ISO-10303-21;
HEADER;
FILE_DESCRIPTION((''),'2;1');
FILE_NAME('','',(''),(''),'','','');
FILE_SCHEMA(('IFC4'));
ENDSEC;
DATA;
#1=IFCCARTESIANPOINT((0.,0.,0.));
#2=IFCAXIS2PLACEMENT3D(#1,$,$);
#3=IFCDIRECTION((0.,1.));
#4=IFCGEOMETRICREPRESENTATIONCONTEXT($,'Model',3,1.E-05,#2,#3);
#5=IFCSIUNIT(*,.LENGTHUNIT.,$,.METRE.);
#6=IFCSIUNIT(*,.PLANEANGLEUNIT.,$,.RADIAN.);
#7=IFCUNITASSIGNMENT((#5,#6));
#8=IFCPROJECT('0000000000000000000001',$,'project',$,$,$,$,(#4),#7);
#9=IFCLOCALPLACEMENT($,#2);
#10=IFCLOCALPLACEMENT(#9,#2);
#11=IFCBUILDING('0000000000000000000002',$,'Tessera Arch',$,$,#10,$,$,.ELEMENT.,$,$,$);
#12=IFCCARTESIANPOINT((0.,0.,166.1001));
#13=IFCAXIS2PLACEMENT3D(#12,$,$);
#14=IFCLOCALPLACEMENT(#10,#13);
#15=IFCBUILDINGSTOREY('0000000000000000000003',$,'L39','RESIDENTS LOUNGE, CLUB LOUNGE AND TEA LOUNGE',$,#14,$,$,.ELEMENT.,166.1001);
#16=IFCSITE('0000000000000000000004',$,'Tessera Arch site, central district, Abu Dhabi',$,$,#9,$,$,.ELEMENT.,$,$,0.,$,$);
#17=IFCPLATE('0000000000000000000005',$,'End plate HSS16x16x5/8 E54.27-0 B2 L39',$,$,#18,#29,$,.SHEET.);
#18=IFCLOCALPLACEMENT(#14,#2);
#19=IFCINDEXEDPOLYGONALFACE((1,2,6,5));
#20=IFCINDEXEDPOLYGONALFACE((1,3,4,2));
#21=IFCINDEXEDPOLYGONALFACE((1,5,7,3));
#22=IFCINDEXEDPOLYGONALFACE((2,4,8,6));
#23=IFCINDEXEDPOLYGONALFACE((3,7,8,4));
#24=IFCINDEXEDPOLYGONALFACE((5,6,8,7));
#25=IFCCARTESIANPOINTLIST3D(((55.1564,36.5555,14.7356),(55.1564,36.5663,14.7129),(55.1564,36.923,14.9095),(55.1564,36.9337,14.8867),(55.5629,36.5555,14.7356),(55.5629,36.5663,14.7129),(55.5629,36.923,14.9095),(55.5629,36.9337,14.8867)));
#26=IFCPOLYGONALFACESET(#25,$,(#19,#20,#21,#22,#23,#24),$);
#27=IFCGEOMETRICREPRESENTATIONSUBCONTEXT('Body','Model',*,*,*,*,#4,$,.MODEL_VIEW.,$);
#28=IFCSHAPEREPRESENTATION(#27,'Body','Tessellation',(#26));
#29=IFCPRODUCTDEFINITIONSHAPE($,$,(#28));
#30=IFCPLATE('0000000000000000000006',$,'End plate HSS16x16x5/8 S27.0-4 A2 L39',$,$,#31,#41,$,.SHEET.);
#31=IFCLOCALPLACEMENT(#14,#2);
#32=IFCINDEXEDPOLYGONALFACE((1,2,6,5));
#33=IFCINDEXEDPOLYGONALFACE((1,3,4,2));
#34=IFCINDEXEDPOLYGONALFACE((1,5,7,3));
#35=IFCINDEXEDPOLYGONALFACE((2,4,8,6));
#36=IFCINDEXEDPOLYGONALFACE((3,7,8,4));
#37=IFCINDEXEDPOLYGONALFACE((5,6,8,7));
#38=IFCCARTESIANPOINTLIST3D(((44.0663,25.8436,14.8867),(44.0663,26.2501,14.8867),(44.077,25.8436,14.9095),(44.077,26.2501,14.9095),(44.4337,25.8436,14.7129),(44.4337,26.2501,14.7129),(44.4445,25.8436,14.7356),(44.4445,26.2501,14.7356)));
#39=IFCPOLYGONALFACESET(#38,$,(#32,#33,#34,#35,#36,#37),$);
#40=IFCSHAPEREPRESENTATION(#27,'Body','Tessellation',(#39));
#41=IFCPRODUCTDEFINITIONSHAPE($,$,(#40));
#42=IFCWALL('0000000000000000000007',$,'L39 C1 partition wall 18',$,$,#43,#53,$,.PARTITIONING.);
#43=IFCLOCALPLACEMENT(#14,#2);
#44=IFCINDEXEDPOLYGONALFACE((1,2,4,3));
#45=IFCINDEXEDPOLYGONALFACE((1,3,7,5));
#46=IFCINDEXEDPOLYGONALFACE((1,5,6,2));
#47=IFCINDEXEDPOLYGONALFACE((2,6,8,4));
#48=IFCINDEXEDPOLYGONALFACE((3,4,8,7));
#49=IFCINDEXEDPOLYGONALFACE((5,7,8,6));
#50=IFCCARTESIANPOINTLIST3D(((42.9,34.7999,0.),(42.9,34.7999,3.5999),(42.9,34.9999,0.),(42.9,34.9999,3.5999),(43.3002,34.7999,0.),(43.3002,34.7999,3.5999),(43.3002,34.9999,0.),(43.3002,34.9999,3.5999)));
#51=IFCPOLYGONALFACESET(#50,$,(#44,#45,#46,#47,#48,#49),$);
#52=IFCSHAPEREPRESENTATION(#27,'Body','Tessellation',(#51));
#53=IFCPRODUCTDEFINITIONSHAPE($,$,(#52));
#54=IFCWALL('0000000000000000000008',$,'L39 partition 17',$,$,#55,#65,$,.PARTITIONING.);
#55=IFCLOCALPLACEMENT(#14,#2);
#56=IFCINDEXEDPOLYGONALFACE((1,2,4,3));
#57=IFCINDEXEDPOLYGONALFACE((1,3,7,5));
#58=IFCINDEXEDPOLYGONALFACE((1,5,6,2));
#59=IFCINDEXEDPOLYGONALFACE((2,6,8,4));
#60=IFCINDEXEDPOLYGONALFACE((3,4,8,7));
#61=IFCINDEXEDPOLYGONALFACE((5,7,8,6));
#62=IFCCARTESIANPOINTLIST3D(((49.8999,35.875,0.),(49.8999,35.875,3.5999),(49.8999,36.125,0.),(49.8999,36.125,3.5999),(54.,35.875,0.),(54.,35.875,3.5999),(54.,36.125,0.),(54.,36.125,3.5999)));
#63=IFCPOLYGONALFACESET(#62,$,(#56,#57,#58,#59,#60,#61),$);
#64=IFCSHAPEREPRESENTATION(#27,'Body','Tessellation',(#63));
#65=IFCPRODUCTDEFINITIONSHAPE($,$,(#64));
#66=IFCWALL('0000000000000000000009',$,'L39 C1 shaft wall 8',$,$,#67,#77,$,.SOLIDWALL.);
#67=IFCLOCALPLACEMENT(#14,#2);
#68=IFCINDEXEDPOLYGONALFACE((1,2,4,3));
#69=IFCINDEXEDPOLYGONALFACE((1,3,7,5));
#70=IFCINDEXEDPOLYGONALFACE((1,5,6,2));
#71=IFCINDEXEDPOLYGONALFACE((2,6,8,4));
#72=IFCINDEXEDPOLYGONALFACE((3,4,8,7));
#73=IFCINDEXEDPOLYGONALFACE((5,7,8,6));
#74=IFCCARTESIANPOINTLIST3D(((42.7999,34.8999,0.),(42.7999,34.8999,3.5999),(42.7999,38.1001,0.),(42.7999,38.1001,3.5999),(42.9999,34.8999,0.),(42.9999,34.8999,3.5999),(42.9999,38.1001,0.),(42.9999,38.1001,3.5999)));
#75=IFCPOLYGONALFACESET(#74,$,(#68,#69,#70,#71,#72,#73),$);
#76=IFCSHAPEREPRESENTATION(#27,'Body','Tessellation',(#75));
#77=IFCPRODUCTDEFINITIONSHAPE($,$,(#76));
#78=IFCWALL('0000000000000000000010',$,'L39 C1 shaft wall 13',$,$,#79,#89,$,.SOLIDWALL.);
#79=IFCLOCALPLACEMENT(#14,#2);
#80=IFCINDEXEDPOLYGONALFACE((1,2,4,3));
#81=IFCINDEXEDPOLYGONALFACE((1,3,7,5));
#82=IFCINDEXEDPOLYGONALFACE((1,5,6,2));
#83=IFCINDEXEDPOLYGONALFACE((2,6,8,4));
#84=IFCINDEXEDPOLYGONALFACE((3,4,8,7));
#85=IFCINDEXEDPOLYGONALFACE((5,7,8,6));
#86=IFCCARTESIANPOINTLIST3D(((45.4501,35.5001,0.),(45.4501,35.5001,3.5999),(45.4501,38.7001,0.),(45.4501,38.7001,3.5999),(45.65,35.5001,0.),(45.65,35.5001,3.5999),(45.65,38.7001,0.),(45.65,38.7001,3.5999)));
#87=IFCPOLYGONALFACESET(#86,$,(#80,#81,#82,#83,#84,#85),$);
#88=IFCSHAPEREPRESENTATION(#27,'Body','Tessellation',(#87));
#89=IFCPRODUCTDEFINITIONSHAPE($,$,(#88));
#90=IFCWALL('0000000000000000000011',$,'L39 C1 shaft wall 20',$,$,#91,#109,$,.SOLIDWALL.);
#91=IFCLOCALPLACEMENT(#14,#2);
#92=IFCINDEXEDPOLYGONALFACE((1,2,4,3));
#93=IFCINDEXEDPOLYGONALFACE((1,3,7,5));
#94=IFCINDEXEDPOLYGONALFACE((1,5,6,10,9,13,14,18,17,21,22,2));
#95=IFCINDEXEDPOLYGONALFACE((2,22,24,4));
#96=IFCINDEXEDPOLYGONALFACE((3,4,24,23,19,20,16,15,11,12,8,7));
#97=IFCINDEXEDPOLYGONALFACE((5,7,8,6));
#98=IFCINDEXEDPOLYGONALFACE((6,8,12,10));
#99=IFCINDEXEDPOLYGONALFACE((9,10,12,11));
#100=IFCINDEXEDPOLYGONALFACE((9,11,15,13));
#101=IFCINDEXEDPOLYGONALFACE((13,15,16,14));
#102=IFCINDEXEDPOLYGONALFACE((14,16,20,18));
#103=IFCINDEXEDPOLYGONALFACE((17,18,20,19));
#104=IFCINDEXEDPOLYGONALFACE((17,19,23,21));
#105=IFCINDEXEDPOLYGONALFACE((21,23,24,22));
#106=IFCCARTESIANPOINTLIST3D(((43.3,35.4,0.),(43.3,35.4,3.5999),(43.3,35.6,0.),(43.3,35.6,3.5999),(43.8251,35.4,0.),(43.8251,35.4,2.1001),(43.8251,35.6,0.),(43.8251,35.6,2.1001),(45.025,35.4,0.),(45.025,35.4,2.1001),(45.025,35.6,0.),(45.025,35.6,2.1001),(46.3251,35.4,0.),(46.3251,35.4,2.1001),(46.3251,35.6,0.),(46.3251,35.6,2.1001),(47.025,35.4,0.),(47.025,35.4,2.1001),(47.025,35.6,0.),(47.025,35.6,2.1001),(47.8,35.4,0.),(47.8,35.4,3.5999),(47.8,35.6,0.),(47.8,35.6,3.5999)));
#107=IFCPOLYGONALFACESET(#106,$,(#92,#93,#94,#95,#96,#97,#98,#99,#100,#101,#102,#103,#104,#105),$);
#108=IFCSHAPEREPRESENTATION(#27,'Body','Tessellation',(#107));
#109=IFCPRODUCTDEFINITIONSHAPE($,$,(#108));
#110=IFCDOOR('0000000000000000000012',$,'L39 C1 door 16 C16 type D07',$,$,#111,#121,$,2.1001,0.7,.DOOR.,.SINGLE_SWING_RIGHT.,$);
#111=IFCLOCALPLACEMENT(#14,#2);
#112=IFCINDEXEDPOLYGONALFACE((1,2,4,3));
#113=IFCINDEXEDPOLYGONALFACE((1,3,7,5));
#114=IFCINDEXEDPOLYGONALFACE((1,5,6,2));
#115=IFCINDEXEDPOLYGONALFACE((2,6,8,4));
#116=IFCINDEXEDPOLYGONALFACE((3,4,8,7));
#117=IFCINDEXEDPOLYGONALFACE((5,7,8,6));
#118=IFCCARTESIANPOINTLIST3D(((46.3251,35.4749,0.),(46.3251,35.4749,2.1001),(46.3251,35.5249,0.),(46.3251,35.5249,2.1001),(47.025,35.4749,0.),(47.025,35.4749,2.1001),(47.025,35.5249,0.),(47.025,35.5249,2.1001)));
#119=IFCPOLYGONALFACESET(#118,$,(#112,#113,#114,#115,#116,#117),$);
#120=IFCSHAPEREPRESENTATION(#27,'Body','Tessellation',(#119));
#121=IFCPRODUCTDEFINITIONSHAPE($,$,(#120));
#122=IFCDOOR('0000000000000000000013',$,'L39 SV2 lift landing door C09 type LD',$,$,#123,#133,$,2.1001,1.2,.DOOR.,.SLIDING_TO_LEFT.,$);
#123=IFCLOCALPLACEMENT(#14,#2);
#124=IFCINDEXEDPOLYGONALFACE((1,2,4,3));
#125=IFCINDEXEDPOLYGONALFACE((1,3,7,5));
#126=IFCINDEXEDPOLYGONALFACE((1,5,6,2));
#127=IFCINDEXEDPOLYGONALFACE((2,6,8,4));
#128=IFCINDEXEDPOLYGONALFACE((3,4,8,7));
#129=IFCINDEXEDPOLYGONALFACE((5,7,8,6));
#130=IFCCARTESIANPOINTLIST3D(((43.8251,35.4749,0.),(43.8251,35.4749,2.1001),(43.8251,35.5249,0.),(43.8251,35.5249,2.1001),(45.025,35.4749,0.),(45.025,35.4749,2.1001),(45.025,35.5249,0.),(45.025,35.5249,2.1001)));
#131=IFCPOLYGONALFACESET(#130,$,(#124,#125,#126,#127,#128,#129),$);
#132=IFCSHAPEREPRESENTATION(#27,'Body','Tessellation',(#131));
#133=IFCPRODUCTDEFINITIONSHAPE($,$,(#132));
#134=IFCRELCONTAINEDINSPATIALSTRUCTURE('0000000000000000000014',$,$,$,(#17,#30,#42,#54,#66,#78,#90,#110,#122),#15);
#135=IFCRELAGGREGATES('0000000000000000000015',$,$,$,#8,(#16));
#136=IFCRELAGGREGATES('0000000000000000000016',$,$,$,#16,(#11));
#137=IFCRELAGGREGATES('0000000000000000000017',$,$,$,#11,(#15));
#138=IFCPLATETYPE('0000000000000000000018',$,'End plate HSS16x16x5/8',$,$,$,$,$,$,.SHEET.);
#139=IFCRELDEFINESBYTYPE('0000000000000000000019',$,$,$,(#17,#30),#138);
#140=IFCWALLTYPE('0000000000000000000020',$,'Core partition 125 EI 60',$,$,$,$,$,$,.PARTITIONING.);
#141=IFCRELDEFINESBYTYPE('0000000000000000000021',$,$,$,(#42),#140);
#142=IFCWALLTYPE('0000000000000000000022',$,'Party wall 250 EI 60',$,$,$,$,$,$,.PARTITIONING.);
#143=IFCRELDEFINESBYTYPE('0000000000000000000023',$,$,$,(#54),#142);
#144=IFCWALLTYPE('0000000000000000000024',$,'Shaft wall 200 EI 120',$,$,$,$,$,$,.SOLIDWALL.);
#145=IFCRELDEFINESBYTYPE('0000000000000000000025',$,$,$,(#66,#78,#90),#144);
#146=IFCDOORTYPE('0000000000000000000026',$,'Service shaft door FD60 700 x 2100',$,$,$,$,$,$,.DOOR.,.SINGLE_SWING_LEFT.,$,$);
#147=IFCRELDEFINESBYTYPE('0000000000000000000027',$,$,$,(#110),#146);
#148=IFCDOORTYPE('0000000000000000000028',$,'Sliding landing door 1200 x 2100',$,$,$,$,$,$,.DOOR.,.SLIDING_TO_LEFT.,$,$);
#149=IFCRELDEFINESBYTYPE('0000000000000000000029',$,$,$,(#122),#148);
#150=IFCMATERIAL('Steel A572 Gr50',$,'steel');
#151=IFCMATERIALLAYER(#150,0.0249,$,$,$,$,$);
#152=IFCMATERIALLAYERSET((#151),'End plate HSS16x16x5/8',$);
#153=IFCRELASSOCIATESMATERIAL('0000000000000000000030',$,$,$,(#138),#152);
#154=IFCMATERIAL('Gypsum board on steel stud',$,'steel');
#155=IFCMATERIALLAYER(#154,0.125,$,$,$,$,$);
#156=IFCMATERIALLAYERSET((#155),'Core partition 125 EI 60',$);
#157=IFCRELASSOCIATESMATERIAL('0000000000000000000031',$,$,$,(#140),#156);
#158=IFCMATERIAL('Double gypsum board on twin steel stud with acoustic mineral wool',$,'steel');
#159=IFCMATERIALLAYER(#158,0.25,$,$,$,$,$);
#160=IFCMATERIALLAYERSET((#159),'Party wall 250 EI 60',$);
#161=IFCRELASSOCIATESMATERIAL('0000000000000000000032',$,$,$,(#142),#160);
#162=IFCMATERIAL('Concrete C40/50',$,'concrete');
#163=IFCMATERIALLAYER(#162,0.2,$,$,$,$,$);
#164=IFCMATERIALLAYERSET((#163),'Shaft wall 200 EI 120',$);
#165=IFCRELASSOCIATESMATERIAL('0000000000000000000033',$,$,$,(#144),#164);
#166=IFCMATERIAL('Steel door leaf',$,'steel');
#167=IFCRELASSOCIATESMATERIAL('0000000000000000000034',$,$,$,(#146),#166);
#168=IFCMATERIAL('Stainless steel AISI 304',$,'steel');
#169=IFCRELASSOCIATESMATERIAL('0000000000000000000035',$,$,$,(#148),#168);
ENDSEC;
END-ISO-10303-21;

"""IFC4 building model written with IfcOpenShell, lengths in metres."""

from ifc_helpers import new_model, si_unit, direction, frame, frame_2d, origin, origin_2d, place, context, subcontext, project, spatial, rectangle, extrude, material, layer, layer_set, type_object, element, fill, save


model = new_model("IFC4")

# Units and contexts
model_context = context("Model", 3, precision=1e-05, world=origin(), true_north=direction((0.0, 1.0)))
body_context = subcontext(model_context, "Body", "Model", "MODEL_VIEW")
ifc_project = project(units=[si_unit("LENGTHUNIT", "METRE"), si_unit("PLANEANGLEUNIT", "RADIAN")], contexts=[model_context])

# Site, building, storey
site_placement = place(None, origin())
site = spatial("IfcSite", under=ifc_project, at=site_placement, Name="Tessera Arch site, central district, Abu Dhabi", CompositionType="ELEMENT", RefElevation=0.0)
building_placement = place(site_placement, origin())
building = spatial("IfcBuilding", under=site, at=building_placement, Name="Tessera Arch", CompositionType="ELEMENT")
storey_placement = place(building_placement, frame((0.0, 0.0, 166.1001)))
storey = spatial("IfcBuildingStorey", under=building, at=storey_placement, Name="L39", Description="RESIDENTS LOUNGE, CLUB LOUNGE AND TEA LOUNGE", CompositionType="ELEMENT", Elevation=166.1001)

# Plates
ifc_material_1 = material(Name="Steel A572 Gr50", Category="steel")
ifc_layer_1 = layer(ifc_material_1, 0.0249)
ifc_layer_set_1 = layer_set([ifc_layer_1], Name="End plate HSS16x16x5/8")
plate_type_1 = type_object("IfcPlateType", Name="End plate HSS16x16x5/8", PredefinedType="SHEET", material=ifc_layer_set_1)
for number, where, z_axis, x_axis, name in (
    (1, (55.3596, 36.75, 14.7998), (0.0, -0.427668, 0.903936), (1.0, 0.0, 0.0), "End plate HSS16x16x5/8 E54.27-0 B2 L39"),
    (2, (44.25, 26.0469, 14.7998), (0.427668, 0.0, 0.903936), (0.0, 1.0, 0.0), "End plate HSS16x16x5/8 S27.0-4 A2 L39"),
):
    element("IfcPlate", number, at=place(storey_placement, frame(where, z_axis=z_axis, x_axis=x_axis)), inside=storey, type_object=plate_type_1, Name=name, PredefinedType="SHEET", context=body_context, shape_type="SweptSolid", body=[
        extrude(rectangle(XDim=0.4065, YDim=0.4065, at=origin_2d()), origin(), (0.0, 0.0, 1.0), 0.0251),
    ])

# Walls
ifc_material_2 = material(Name="Gypsum board on steel stud", Category="steel")
ifc_layer_2 = layer(ifc_material_2, 0.125)
ifc_layer_set_2 = layer_set([ifc_layer_2], Name="Core partition 125 EI 60")
wall_type_1 = type_object("IfcWallType", Name="Core partition 125 EI 60", PredefinedType="PARTITIONING", material=ifc_layer_set_2)
wall_1_placement = place(storey_placement, frame((42.8999, 34.8999, 0.0), z_axis=(0.0, 0.0, 1.0), x_axis=(1.0, 0.0, 0.0)))
element("IfcWall", 3, at=wall_1_placement, inside=storey, type_object=wall_type_1, Name="L39 C1 partition wall 18", PredefinedType="PARTITIONING", context=body_context, shape_type="SweptSolid", body=[
    extrude(rectangle(XDim=0.4001, YDim=0.2, at=frame_2d((0.2002, 0.0))), origin(), (0.0, 0.0, 1.0), 3.5999),
])
ifc_material_3 = material(Name="Double gypsum board on twin steel stud with acoustic mineral wool", Category="steel")
ifc_layer_3 = layer(ifc_material_3, 0.25)
ifc_layer_set_3 = layer_set([ifc_layer_3], Name="Party wall 250 EI 60")
wall_type_2 = type_object("IfcWallType", Name="Party wall 250 EI 60", PredefinedType="PARTITIONING", material=ifc_layer_set_3)
wall_2_placement = place(storey_placement, frame((49.8999, 36.0, 0.0), z_axis=(0.0, 0.0, 1.0), x_axis=(1.0, 0.0, 0.0)))
element("IfcWall", 4, at=wall_2_placement, inside=storey, type_object=wall_type_2, Name="L39 partition 17", PredefinedType="PARTITIONING", context=body_context, shape_type="SweptSolid", body=[
    extrude(rectangle(XDim=4.1001, YDim=0.25, at=frame_2d((2.05, 0.0))), origin(), (0.0, 0.0, 1.0), 3.5999),
])
ifc_material_4 = material(Name="Concrete C40/50", Category="concrete")
ifc_layer_4 = layer(ifc_material_4, 0.2)
ifc_layer_set_4 = layer_set([ifc_layer_4], Name="Shaft wall 200 EI 120")
wall_type_3 = type_object("IfcWallType", Name="Shaft wall 200 EI 120", PredefinedType="SOLIDWALL", material=ifc_layer_set_4)
wall_3_placement = place(storey_placement, frame((42.8999, 34.8999, 0.0), z_axis=(0.0, 0.0, 1.0), x_axis=(0.0, 1.0, 0.0)))
element("IfcWall", 5, at=wall_3_placement, inside=storey, type_object=wall_type_3, Name="L39 C1 shaft wall 8", PredefinedType="SOLIDWALL", context=body_context, shape_type="SweptSolid", body=[
    extrude(rectangle(XDim=3.2002, YDim=0.2, at=frame_2d((1.6001, 0.0))), origin(), (0.0, 0.0, 1.0), 3.5999),
])
wall_4_placement = place(storey_placement, frame((45.55, 35.5, 0.0), z_axis=(0.0, 0.0, 1.0), x_axis=(0.0, 1.0, 0.0)))
element("IfcWall", 6, at=wall_4_placement, inside=storey, type_object=wall_type_3, Name="L39 C1 shaft wall 13", PredefinedType="SOLIDWALL", context=body_context, shape_type="SweptSolid", body=[
    extrude(rectangle(XDim=3.2, YDim=0.2, at=frame_2d((1.6001, 0.0))), origin(), (0.0, 0.0, 1.0), 3.5999),
])

# Wall, openings, doors
wall_5_placement = place(storey_placement, frame((43.3, 35.5, 0.0), z_axis=(0.0, 0.0, 1.0), x_axis=(1.0, 0.0, 0.0)))
wall_5 = element("IfcWall", 7, at=wall_5_placement, inside=storey, type_object=wall_type_3, Name="L39 C1 shaft wall 20", PredefinedType="SOLIDWALL", context=body_context, shape_type="SweptSolid", body=[
    extrude(rectangle(XDim=4.5, YDim=0.2, at=frame_2d((2.25, 0.0))), origin(), (0.0, 0.0, 1.0), 3.5999),
])
opening_1_placement = place(wall_5_placement, frame((0.5249, 0.0, 0.0)))
opening_1 = element("IfcOpeningElement", 8, at=opening_1_placement, cuts=wall_5, PredefinedType="OPENING", context=body_context, shape_type="SweptSolid", body=[
    extrude(rectangle(XDim=1.2, YDim=2.1001, at=frame_2d((0.6001, 1.05))), frame((0.0, 0.1099, 0.0), z_axis=(0.0, -1.0, 0.0), x_axis=(1.0, 0.0, 0.0)), (0.0, 0.0, 1.0), 0.22),
])
opening_2_placement = place(wall_5_placement, frame((3.0249, 0.0, 0.0)))
opening_2 = element("IfcOpeningElement", 9, at=opening_2_placement, cuts=wall_5, PredefinedType="OPENING", context=body_context, shape_type="SweptSolid", body=[
    extrude(rectangle(XDim=0.7, YDim=2.1001, at=frame_2d((0.3501, 1.05))), frame((0.0, 0.1099, 0.0), z_axis=(0.0, -1.0, 0.0), x_axis=(1.0, 0.0, 0.0)), (0.0, 0.0, 1.0), 0.22),
])
ifc_material_5 = material(Name="Steel door leaf", Category="steel")
door_type_1 = type_object("IfcDoorType", Name="Service shaft door FD60 700 x 2100", OperationType="SINGLE_SWING_LEFT", PredefinedType="DOOR", material=ifc_material_5)
door_1_placement = place(opening_2_placement, origin())
door_1 = element("IfcDoor", 10, at=door_1_placement, inside=storey, type_object=door_type_1, Name="L39 C1 door 16 C16 type D07", OperationType="SINGLE_SWING_RIGHT", OverallHeight=2.1001, OverallWidth=0.7, PredefinedType="DOOR", context=body_context, shape_type="SweptSolid", body=[
    extrude(rectangle(XDim=0.7, YDim=2.1001, at=frame_2d((0.3501, 1.05))), frame((0.0, 0.0249, 0.0), z_axis=(0.0, -1.0, 0.0), x_axis=(1.0, 0.0, 0.0)), (0.0, 0.0, 1.0), 0.05),
])
fill(opening_2, door_1)
ifc_material_6 = material(Name="Stainless steel AISI 304", Category="steel")
door_type_2 = type_object("IfcDoorType", Name="Sliding landing door 1200 x 2100", OperationType="SLIDING_TO_LEFT", PredefinedType="DOOR", material=ifc_material_6)
door_2_placement = place(opening_1_placement, origin())
door_2 = element("IfcDoor", 11, at=door_2_placement, inside=storey, type_object=door_type_2, Name="L39 SV2 lift landing door C09 type LD", OperationType="SLIDING_TO_LEFT", OverallHeight=2.1001, OverallWidth=1.2, PredefinedType="DOOR", context=body_context, shape_type="SweptSolid", body=[
    extrude(rectangle(XDim=1.2, YDim=2.1001, at=frame_2d((0.6001, 1.05))), frame((0.0, 0.0249, 0.0), z_axis=(0.0, -1.0, 0.0), x_axis=(1.0, 0.0, 0.0)), (0.0, 0.0, 1.0), 0.05),
])
fill(opening_1, door_2)

save(model, "model.ifc")
